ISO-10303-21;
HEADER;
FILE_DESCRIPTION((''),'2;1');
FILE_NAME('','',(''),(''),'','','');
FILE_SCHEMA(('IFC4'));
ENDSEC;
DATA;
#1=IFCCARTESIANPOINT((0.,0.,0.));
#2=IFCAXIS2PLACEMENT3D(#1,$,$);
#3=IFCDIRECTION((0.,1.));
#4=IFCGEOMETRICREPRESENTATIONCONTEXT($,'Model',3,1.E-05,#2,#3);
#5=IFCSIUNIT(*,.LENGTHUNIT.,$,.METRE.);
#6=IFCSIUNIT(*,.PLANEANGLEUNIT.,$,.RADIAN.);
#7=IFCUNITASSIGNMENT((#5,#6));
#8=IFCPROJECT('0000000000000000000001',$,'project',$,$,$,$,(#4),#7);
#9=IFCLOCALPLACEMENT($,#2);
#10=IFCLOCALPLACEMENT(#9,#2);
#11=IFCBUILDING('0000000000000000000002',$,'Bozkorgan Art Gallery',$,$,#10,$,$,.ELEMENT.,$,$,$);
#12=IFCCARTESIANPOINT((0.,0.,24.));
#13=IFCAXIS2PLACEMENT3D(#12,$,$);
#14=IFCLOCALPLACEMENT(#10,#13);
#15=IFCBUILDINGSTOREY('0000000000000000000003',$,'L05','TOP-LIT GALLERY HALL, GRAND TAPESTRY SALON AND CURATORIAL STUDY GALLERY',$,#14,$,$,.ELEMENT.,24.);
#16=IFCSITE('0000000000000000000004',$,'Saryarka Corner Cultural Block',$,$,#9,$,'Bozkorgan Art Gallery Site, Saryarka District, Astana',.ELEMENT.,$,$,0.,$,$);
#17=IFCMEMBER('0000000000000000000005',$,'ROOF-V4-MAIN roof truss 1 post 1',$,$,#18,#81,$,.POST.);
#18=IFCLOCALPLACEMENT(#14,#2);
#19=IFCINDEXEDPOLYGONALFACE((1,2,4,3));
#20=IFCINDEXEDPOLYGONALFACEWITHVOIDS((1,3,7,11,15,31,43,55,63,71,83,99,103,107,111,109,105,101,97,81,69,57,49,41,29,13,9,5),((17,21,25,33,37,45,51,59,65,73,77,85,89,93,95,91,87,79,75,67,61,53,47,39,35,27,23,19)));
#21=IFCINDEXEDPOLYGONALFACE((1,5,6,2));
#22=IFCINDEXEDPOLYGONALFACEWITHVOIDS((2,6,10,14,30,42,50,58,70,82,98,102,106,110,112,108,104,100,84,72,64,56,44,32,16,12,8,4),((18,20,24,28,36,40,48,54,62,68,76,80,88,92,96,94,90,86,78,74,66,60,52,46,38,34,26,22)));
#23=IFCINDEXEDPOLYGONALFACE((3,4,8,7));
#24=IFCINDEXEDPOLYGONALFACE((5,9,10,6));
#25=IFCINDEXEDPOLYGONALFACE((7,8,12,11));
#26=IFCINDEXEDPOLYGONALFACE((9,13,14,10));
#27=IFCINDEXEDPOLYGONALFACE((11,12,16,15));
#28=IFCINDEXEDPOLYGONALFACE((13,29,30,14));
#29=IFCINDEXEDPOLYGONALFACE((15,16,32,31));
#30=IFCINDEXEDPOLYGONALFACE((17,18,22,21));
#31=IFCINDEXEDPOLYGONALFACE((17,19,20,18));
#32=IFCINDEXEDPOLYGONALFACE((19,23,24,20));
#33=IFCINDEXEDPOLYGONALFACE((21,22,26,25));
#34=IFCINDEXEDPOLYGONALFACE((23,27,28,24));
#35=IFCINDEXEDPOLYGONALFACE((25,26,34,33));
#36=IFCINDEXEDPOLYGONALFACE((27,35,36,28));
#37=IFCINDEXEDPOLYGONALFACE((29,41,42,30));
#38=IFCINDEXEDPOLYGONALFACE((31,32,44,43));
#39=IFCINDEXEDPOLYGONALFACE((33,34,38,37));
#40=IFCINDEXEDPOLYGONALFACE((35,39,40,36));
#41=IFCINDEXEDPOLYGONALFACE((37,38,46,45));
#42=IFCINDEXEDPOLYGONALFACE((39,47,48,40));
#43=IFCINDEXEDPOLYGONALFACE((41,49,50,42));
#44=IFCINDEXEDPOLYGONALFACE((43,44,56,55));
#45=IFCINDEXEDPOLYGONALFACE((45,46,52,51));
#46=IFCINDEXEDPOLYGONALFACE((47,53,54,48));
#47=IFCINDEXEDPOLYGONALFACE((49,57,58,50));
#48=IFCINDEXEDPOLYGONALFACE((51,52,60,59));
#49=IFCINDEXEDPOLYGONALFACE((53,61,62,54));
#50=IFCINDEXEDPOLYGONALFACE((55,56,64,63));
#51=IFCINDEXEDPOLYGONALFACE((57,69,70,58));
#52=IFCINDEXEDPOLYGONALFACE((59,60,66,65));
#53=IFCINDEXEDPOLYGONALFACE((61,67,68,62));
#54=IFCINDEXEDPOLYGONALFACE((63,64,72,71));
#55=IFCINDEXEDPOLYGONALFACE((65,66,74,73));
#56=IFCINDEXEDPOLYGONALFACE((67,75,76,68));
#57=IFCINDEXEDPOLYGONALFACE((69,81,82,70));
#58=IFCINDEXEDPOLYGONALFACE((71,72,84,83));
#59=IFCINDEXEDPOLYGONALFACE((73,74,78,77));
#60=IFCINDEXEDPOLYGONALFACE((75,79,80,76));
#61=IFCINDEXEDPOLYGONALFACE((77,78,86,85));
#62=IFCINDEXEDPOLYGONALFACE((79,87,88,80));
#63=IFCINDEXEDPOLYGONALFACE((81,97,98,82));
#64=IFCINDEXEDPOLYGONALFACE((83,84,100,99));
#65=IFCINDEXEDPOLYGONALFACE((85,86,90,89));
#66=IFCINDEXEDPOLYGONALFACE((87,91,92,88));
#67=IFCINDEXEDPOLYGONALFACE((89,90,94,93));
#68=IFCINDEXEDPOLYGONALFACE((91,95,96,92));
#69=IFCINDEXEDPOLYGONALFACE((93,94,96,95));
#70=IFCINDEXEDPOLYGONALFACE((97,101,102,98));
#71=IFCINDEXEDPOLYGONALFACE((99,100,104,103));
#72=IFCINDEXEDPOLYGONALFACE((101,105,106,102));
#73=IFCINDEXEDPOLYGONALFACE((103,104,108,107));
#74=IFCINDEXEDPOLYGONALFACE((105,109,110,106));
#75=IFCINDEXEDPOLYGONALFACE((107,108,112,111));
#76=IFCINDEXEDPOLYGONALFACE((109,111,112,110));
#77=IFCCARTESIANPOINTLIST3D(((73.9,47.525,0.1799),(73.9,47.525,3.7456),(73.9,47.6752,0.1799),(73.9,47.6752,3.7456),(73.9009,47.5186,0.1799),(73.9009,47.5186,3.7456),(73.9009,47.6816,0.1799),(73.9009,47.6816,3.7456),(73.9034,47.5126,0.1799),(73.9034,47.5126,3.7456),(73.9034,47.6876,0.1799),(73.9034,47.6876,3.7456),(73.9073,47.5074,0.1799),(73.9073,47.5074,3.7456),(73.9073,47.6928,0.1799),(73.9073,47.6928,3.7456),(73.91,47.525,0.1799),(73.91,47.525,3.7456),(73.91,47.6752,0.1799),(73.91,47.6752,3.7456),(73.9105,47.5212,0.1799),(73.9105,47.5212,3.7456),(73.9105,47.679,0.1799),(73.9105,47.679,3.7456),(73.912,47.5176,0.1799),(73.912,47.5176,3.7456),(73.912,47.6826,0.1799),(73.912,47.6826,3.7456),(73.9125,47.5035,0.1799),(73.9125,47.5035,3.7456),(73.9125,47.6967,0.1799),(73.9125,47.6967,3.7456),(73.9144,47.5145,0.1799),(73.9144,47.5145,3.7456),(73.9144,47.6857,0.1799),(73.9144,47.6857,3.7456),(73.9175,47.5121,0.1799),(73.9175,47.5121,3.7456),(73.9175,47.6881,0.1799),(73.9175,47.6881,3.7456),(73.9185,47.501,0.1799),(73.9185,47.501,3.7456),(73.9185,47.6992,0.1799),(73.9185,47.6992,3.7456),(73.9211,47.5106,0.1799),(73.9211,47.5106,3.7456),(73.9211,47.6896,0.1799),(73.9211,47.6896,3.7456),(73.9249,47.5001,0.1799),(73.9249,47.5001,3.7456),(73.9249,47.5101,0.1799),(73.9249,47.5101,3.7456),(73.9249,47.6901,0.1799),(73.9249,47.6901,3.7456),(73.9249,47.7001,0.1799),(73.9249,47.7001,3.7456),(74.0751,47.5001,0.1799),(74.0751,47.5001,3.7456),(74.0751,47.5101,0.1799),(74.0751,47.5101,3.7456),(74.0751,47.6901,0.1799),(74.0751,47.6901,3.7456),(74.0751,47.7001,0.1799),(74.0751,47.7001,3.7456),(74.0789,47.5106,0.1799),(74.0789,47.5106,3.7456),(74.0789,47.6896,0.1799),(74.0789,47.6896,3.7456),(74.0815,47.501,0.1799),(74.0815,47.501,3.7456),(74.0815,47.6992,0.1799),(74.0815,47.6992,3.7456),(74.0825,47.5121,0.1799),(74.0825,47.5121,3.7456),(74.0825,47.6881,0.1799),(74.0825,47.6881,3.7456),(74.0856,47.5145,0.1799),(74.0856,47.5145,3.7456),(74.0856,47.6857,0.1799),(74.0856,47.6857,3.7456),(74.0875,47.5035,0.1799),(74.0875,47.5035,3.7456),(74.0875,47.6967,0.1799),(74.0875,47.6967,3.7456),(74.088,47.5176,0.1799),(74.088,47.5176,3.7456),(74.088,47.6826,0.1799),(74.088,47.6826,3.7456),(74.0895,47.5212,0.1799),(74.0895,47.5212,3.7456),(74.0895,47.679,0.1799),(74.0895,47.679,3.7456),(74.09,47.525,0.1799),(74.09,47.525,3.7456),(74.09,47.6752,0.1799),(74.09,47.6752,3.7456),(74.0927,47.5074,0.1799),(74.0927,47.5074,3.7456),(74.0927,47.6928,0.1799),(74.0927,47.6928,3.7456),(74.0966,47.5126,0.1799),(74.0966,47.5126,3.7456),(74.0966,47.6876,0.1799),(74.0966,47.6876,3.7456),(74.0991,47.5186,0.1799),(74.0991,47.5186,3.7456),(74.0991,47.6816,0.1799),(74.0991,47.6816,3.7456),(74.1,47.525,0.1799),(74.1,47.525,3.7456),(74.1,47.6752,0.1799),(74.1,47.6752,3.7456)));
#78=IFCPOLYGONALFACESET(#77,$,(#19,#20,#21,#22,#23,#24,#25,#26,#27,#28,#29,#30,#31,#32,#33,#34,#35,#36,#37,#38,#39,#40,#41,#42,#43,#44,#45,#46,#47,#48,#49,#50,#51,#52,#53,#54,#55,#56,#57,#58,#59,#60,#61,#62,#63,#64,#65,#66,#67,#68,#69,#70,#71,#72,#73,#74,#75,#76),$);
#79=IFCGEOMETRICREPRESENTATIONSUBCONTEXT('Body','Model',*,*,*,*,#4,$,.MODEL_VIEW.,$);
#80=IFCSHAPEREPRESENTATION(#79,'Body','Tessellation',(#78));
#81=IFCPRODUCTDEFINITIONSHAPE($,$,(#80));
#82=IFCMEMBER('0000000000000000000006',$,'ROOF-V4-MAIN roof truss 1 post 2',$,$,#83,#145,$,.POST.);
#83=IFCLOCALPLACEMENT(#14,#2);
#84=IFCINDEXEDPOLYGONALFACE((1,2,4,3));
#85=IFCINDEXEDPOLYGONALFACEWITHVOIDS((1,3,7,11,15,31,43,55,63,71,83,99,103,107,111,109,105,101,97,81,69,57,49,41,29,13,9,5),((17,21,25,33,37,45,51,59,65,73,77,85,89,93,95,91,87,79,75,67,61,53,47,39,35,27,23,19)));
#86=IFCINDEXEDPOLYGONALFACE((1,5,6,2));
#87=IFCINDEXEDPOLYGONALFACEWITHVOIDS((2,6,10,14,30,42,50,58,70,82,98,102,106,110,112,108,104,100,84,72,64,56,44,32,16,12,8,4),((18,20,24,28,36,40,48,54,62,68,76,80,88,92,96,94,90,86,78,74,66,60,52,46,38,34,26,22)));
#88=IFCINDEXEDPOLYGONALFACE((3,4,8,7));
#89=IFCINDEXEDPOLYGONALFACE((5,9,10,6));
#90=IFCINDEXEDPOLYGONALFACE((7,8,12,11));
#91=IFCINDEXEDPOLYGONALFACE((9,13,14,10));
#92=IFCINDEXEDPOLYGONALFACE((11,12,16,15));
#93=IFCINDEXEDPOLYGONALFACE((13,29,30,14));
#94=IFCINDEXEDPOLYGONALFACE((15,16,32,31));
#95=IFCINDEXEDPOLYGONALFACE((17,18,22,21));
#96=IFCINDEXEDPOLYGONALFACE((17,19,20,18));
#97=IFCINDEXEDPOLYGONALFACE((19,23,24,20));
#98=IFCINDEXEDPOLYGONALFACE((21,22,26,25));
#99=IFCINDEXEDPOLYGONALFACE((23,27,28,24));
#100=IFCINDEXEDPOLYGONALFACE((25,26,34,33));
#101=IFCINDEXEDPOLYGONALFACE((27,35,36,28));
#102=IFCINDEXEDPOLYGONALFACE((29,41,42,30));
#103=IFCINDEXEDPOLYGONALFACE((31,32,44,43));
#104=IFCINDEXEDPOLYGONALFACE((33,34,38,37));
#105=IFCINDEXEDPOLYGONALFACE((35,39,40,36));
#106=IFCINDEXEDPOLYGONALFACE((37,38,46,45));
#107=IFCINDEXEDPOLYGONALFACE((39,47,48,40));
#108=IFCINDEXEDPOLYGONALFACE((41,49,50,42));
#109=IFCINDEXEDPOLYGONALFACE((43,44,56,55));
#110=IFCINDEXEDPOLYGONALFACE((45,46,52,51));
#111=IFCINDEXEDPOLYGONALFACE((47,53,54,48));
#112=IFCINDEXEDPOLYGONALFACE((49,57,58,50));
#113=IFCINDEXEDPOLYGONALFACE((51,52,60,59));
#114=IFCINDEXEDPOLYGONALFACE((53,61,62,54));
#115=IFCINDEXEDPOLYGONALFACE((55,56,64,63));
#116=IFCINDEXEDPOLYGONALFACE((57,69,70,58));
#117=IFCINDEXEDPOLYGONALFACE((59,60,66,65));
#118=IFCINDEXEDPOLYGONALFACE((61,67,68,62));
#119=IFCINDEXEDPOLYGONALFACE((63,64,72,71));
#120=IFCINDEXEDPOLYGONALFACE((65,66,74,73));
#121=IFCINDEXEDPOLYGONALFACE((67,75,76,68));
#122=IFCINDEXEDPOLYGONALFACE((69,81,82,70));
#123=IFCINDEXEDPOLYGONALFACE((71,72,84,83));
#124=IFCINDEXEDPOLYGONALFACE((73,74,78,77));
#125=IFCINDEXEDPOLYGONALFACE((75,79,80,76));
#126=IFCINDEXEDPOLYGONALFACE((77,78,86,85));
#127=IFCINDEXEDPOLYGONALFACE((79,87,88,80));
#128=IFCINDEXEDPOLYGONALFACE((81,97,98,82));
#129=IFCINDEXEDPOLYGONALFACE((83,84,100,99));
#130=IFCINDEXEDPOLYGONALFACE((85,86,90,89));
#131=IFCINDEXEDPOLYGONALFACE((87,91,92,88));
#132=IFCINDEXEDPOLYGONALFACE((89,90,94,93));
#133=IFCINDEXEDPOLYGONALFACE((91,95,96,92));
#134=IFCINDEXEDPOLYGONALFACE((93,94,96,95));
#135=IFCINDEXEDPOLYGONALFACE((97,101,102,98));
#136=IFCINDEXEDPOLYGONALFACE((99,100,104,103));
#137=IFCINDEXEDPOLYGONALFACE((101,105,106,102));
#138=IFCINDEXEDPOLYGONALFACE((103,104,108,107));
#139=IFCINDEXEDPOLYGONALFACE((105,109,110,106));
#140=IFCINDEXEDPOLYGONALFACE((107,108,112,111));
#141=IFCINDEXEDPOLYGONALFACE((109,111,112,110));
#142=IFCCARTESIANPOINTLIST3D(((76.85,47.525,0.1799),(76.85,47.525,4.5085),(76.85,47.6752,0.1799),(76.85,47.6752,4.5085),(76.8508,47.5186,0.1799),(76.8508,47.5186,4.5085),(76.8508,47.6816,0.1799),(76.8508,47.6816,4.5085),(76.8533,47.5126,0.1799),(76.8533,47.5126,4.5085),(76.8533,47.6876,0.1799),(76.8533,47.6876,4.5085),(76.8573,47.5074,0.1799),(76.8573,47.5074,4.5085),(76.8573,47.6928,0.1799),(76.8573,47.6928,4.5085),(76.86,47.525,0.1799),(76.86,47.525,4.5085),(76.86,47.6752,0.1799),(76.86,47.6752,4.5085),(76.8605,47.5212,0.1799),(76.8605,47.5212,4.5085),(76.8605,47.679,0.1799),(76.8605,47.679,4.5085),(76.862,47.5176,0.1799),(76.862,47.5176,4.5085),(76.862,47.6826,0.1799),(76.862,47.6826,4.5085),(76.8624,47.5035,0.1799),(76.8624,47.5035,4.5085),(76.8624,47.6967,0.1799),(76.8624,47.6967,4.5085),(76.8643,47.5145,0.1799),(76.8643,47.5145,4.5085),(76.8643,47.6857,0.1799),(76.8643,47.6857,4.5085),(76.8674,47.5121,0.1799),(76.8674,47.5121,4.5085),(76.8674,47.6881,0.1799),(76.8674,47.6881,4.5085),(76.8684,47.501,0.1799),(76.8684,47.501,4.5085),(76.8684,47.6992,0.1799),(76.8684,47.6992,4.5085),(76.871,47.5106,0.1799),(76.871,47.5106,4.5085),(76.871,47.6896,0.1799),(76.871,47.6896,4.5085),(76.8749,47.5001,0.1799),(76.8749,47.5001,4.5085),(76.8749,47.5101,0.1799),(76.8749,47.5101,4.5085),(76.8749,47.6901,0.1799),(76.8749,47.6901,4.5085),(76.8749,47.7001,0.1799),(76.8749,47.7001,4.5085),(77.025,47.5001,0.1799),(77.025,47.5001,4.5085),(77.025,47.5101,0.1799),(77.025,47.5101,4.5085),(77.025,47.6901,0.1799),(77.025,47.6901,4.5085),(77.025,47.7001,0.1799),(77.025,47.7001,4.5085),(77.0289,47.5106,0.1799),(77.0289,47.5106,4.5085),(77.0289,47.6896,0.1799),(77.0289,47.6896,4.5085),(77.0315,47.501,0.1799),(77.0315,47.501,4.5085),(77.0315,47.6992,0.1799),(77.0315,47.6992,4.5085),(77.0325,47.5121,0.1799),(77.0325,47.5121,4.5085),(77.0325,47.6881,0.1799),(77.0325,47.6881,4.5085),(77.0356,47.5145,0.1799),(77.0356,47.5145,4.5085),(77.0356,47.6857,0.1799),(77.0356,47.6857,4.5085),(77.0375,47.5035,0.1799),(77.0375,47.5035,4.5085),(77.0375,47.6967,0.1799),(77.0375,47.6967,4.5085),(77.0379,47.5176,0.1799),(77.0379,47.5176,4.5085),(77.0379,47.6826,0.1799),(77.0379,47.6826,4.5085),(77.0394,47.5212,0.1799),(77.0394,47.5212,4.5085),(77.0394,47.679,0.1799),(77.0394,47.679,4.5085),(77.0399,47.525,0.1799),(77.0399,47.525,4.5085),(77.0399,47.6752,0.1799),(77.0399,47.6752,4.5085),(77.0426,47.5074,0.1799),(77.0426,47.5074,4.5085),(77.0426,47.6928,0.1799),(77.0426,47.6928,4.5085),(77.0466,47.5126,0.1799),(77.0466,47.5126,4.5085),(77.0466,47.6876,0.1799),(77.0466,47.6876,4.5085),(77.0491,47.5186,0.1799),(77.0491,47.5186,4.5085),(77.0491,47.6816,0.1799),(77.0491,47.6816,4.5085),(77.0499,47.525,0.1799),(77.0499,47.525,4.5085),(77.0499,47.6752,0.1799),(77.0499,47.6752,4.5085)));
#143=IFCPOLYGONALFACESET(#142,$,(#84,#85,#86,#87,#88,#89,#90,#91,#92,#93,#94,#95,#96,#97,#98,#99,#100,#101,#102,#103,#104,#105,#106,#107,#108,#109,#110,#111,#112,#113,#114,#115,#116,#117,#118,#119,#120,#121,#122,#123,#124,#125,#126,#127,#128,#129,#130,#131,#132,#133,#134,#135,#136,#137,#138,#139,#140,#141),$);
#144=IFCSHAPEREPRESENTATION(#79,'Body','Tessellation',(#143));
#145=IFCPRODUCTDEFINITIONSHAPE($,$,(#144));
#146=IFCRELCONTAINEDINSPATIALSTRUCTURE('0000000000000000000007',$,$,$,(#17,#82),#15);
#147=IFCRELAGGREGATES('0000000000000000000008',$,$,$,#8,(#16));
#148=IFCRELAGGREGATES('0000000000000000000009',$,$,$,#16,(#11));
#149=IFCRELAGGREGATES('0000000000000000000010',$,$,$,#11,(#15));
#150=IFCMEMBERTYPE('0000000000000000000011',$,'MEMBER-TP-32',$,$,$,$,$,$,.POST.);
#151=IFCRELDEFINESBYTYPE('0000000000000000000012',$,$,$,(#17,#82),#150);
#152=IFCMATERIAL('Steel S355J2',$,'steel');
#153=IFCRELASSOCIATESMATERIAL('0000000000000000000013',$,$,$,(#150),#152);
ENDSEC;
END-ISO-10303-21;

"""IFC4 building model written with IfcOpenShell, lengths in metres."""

from ifc_helpers import new_model, si_unit, direction, frame, origin, origin_2d, place, context, subcontext, project, spatial, hollow_rectangle, extrude, material, material_profile, profile_set, type_object, element, save


model = new_model("IFC4")

# Units and contexts
model_context = context("Model", 3, precision=1e-05, world=origin(), true_north=direction((0.0, 1.0)))
body_context = subcontext(model_context, "Body", "Model", "MODEL_VIEW")
ifc_project = project(units=[si_unit("LENGTHUNIT", "METRE"), si_unit("PLANEANGLEUNIT", "RADIAN")], contexts=[model_context])

# Site, building, storey
site_placement = place(None, origin())
site = spatial("IfcSite", under=ifc_project, at=site_placement, Name="Saryarka Corner Cultural Block", LongName="Bozkorgan Art Gallery Site, Saryarka District, Astana", CompositionType="ELEMENT", RefElevation=0.0)
building_placement = place(site_placement, origin())
building = spatial("IfcBuilding", under=site, at=building_placement, Name="Bozkorgan Art Gallery", CompositionType="ELEMENT")
storey_placement = place(building_placement, frame((0.0, 0.0, 24.0)))
storey = spatial("IfcBuildingStorey", under=building, at=storey_placement, Name="L05", Description="TOP-LIT GALLERY HALL, GRAND TAPESTRY SALON AND CURATORIAL STUDY GALLERY", CompositionType="ELEMENT", Elevation=24.0)

# Shared definitions
ifc_material_1 = material(Name="Steel S355J2", Category="steel")

# Members
ifc_material_profile_1 = material_profile(ifc_material_1, hollow_rectangle(XDim=0.2, YDim=0.2, WallThickness=0.01, InnerFilletRadius=0.0149, OuterFilletRadius=0.0249, at=origin_2d()), Name="SHS 200x200x10")
ifc_profile_set_1 = profile_set([ifc_material_profile_1], Name="Steel S355J2")
member_type_1 = type_object("IfcMemberType", Name="MEMBER-TP-32", PredefinedType="POST", material=ifc_profile_set_1)
member_1_placement = place(storey_placement, frame((74.0, 47.6001, 0.1799), z_axis=(0.0, 0.0, 1.0), x_axis=(1.0, 0.0, 0.0)))
element("IfcMember", 1, at=member_1_placement, inside=storey, type_object=member_type_1, Name="ROOF-V4-MAIN roof truss 1 post 1", PredefinedType="POST", context=body_context, shape_type="SweptSolid", body=[
    extrude(hollow_rectangle(XDim=0.2, YDim=0.2, WallThickness=0.01, InnerFilletRadius=0.0149, OuterFilletRadius=0.0249, at=origin_2d()), origin(), (0.0, 0.0, 1.0), 3.5657),
])
member_2_placement = place(storey_placement, frame((76.95, 47.6001, 0.1799), z_axis=(0.0, 0.0, 1.0), x_axis=(1.0, 0.0, 0.0)))
element("IfcMember", 2, at=member_2_placement, inside=storey, type_object=member_type_1, Name="ROOF-V4-MAIN roof truss 1 post 2", PredefinedType="POST", context=body_context, shape_type="SweptSolid", body=[
    extrude(hollow_rectangle(XDim=0.2, YDim=0.2, WallThickness=0.01, InnerFilletRadius=0.0149, OuterFilletRadius=0.0249, at=origin_2d()), origin(), (0.0, 0.0, 1.0), 4.3286),
])

save(model, "model.ifc")
